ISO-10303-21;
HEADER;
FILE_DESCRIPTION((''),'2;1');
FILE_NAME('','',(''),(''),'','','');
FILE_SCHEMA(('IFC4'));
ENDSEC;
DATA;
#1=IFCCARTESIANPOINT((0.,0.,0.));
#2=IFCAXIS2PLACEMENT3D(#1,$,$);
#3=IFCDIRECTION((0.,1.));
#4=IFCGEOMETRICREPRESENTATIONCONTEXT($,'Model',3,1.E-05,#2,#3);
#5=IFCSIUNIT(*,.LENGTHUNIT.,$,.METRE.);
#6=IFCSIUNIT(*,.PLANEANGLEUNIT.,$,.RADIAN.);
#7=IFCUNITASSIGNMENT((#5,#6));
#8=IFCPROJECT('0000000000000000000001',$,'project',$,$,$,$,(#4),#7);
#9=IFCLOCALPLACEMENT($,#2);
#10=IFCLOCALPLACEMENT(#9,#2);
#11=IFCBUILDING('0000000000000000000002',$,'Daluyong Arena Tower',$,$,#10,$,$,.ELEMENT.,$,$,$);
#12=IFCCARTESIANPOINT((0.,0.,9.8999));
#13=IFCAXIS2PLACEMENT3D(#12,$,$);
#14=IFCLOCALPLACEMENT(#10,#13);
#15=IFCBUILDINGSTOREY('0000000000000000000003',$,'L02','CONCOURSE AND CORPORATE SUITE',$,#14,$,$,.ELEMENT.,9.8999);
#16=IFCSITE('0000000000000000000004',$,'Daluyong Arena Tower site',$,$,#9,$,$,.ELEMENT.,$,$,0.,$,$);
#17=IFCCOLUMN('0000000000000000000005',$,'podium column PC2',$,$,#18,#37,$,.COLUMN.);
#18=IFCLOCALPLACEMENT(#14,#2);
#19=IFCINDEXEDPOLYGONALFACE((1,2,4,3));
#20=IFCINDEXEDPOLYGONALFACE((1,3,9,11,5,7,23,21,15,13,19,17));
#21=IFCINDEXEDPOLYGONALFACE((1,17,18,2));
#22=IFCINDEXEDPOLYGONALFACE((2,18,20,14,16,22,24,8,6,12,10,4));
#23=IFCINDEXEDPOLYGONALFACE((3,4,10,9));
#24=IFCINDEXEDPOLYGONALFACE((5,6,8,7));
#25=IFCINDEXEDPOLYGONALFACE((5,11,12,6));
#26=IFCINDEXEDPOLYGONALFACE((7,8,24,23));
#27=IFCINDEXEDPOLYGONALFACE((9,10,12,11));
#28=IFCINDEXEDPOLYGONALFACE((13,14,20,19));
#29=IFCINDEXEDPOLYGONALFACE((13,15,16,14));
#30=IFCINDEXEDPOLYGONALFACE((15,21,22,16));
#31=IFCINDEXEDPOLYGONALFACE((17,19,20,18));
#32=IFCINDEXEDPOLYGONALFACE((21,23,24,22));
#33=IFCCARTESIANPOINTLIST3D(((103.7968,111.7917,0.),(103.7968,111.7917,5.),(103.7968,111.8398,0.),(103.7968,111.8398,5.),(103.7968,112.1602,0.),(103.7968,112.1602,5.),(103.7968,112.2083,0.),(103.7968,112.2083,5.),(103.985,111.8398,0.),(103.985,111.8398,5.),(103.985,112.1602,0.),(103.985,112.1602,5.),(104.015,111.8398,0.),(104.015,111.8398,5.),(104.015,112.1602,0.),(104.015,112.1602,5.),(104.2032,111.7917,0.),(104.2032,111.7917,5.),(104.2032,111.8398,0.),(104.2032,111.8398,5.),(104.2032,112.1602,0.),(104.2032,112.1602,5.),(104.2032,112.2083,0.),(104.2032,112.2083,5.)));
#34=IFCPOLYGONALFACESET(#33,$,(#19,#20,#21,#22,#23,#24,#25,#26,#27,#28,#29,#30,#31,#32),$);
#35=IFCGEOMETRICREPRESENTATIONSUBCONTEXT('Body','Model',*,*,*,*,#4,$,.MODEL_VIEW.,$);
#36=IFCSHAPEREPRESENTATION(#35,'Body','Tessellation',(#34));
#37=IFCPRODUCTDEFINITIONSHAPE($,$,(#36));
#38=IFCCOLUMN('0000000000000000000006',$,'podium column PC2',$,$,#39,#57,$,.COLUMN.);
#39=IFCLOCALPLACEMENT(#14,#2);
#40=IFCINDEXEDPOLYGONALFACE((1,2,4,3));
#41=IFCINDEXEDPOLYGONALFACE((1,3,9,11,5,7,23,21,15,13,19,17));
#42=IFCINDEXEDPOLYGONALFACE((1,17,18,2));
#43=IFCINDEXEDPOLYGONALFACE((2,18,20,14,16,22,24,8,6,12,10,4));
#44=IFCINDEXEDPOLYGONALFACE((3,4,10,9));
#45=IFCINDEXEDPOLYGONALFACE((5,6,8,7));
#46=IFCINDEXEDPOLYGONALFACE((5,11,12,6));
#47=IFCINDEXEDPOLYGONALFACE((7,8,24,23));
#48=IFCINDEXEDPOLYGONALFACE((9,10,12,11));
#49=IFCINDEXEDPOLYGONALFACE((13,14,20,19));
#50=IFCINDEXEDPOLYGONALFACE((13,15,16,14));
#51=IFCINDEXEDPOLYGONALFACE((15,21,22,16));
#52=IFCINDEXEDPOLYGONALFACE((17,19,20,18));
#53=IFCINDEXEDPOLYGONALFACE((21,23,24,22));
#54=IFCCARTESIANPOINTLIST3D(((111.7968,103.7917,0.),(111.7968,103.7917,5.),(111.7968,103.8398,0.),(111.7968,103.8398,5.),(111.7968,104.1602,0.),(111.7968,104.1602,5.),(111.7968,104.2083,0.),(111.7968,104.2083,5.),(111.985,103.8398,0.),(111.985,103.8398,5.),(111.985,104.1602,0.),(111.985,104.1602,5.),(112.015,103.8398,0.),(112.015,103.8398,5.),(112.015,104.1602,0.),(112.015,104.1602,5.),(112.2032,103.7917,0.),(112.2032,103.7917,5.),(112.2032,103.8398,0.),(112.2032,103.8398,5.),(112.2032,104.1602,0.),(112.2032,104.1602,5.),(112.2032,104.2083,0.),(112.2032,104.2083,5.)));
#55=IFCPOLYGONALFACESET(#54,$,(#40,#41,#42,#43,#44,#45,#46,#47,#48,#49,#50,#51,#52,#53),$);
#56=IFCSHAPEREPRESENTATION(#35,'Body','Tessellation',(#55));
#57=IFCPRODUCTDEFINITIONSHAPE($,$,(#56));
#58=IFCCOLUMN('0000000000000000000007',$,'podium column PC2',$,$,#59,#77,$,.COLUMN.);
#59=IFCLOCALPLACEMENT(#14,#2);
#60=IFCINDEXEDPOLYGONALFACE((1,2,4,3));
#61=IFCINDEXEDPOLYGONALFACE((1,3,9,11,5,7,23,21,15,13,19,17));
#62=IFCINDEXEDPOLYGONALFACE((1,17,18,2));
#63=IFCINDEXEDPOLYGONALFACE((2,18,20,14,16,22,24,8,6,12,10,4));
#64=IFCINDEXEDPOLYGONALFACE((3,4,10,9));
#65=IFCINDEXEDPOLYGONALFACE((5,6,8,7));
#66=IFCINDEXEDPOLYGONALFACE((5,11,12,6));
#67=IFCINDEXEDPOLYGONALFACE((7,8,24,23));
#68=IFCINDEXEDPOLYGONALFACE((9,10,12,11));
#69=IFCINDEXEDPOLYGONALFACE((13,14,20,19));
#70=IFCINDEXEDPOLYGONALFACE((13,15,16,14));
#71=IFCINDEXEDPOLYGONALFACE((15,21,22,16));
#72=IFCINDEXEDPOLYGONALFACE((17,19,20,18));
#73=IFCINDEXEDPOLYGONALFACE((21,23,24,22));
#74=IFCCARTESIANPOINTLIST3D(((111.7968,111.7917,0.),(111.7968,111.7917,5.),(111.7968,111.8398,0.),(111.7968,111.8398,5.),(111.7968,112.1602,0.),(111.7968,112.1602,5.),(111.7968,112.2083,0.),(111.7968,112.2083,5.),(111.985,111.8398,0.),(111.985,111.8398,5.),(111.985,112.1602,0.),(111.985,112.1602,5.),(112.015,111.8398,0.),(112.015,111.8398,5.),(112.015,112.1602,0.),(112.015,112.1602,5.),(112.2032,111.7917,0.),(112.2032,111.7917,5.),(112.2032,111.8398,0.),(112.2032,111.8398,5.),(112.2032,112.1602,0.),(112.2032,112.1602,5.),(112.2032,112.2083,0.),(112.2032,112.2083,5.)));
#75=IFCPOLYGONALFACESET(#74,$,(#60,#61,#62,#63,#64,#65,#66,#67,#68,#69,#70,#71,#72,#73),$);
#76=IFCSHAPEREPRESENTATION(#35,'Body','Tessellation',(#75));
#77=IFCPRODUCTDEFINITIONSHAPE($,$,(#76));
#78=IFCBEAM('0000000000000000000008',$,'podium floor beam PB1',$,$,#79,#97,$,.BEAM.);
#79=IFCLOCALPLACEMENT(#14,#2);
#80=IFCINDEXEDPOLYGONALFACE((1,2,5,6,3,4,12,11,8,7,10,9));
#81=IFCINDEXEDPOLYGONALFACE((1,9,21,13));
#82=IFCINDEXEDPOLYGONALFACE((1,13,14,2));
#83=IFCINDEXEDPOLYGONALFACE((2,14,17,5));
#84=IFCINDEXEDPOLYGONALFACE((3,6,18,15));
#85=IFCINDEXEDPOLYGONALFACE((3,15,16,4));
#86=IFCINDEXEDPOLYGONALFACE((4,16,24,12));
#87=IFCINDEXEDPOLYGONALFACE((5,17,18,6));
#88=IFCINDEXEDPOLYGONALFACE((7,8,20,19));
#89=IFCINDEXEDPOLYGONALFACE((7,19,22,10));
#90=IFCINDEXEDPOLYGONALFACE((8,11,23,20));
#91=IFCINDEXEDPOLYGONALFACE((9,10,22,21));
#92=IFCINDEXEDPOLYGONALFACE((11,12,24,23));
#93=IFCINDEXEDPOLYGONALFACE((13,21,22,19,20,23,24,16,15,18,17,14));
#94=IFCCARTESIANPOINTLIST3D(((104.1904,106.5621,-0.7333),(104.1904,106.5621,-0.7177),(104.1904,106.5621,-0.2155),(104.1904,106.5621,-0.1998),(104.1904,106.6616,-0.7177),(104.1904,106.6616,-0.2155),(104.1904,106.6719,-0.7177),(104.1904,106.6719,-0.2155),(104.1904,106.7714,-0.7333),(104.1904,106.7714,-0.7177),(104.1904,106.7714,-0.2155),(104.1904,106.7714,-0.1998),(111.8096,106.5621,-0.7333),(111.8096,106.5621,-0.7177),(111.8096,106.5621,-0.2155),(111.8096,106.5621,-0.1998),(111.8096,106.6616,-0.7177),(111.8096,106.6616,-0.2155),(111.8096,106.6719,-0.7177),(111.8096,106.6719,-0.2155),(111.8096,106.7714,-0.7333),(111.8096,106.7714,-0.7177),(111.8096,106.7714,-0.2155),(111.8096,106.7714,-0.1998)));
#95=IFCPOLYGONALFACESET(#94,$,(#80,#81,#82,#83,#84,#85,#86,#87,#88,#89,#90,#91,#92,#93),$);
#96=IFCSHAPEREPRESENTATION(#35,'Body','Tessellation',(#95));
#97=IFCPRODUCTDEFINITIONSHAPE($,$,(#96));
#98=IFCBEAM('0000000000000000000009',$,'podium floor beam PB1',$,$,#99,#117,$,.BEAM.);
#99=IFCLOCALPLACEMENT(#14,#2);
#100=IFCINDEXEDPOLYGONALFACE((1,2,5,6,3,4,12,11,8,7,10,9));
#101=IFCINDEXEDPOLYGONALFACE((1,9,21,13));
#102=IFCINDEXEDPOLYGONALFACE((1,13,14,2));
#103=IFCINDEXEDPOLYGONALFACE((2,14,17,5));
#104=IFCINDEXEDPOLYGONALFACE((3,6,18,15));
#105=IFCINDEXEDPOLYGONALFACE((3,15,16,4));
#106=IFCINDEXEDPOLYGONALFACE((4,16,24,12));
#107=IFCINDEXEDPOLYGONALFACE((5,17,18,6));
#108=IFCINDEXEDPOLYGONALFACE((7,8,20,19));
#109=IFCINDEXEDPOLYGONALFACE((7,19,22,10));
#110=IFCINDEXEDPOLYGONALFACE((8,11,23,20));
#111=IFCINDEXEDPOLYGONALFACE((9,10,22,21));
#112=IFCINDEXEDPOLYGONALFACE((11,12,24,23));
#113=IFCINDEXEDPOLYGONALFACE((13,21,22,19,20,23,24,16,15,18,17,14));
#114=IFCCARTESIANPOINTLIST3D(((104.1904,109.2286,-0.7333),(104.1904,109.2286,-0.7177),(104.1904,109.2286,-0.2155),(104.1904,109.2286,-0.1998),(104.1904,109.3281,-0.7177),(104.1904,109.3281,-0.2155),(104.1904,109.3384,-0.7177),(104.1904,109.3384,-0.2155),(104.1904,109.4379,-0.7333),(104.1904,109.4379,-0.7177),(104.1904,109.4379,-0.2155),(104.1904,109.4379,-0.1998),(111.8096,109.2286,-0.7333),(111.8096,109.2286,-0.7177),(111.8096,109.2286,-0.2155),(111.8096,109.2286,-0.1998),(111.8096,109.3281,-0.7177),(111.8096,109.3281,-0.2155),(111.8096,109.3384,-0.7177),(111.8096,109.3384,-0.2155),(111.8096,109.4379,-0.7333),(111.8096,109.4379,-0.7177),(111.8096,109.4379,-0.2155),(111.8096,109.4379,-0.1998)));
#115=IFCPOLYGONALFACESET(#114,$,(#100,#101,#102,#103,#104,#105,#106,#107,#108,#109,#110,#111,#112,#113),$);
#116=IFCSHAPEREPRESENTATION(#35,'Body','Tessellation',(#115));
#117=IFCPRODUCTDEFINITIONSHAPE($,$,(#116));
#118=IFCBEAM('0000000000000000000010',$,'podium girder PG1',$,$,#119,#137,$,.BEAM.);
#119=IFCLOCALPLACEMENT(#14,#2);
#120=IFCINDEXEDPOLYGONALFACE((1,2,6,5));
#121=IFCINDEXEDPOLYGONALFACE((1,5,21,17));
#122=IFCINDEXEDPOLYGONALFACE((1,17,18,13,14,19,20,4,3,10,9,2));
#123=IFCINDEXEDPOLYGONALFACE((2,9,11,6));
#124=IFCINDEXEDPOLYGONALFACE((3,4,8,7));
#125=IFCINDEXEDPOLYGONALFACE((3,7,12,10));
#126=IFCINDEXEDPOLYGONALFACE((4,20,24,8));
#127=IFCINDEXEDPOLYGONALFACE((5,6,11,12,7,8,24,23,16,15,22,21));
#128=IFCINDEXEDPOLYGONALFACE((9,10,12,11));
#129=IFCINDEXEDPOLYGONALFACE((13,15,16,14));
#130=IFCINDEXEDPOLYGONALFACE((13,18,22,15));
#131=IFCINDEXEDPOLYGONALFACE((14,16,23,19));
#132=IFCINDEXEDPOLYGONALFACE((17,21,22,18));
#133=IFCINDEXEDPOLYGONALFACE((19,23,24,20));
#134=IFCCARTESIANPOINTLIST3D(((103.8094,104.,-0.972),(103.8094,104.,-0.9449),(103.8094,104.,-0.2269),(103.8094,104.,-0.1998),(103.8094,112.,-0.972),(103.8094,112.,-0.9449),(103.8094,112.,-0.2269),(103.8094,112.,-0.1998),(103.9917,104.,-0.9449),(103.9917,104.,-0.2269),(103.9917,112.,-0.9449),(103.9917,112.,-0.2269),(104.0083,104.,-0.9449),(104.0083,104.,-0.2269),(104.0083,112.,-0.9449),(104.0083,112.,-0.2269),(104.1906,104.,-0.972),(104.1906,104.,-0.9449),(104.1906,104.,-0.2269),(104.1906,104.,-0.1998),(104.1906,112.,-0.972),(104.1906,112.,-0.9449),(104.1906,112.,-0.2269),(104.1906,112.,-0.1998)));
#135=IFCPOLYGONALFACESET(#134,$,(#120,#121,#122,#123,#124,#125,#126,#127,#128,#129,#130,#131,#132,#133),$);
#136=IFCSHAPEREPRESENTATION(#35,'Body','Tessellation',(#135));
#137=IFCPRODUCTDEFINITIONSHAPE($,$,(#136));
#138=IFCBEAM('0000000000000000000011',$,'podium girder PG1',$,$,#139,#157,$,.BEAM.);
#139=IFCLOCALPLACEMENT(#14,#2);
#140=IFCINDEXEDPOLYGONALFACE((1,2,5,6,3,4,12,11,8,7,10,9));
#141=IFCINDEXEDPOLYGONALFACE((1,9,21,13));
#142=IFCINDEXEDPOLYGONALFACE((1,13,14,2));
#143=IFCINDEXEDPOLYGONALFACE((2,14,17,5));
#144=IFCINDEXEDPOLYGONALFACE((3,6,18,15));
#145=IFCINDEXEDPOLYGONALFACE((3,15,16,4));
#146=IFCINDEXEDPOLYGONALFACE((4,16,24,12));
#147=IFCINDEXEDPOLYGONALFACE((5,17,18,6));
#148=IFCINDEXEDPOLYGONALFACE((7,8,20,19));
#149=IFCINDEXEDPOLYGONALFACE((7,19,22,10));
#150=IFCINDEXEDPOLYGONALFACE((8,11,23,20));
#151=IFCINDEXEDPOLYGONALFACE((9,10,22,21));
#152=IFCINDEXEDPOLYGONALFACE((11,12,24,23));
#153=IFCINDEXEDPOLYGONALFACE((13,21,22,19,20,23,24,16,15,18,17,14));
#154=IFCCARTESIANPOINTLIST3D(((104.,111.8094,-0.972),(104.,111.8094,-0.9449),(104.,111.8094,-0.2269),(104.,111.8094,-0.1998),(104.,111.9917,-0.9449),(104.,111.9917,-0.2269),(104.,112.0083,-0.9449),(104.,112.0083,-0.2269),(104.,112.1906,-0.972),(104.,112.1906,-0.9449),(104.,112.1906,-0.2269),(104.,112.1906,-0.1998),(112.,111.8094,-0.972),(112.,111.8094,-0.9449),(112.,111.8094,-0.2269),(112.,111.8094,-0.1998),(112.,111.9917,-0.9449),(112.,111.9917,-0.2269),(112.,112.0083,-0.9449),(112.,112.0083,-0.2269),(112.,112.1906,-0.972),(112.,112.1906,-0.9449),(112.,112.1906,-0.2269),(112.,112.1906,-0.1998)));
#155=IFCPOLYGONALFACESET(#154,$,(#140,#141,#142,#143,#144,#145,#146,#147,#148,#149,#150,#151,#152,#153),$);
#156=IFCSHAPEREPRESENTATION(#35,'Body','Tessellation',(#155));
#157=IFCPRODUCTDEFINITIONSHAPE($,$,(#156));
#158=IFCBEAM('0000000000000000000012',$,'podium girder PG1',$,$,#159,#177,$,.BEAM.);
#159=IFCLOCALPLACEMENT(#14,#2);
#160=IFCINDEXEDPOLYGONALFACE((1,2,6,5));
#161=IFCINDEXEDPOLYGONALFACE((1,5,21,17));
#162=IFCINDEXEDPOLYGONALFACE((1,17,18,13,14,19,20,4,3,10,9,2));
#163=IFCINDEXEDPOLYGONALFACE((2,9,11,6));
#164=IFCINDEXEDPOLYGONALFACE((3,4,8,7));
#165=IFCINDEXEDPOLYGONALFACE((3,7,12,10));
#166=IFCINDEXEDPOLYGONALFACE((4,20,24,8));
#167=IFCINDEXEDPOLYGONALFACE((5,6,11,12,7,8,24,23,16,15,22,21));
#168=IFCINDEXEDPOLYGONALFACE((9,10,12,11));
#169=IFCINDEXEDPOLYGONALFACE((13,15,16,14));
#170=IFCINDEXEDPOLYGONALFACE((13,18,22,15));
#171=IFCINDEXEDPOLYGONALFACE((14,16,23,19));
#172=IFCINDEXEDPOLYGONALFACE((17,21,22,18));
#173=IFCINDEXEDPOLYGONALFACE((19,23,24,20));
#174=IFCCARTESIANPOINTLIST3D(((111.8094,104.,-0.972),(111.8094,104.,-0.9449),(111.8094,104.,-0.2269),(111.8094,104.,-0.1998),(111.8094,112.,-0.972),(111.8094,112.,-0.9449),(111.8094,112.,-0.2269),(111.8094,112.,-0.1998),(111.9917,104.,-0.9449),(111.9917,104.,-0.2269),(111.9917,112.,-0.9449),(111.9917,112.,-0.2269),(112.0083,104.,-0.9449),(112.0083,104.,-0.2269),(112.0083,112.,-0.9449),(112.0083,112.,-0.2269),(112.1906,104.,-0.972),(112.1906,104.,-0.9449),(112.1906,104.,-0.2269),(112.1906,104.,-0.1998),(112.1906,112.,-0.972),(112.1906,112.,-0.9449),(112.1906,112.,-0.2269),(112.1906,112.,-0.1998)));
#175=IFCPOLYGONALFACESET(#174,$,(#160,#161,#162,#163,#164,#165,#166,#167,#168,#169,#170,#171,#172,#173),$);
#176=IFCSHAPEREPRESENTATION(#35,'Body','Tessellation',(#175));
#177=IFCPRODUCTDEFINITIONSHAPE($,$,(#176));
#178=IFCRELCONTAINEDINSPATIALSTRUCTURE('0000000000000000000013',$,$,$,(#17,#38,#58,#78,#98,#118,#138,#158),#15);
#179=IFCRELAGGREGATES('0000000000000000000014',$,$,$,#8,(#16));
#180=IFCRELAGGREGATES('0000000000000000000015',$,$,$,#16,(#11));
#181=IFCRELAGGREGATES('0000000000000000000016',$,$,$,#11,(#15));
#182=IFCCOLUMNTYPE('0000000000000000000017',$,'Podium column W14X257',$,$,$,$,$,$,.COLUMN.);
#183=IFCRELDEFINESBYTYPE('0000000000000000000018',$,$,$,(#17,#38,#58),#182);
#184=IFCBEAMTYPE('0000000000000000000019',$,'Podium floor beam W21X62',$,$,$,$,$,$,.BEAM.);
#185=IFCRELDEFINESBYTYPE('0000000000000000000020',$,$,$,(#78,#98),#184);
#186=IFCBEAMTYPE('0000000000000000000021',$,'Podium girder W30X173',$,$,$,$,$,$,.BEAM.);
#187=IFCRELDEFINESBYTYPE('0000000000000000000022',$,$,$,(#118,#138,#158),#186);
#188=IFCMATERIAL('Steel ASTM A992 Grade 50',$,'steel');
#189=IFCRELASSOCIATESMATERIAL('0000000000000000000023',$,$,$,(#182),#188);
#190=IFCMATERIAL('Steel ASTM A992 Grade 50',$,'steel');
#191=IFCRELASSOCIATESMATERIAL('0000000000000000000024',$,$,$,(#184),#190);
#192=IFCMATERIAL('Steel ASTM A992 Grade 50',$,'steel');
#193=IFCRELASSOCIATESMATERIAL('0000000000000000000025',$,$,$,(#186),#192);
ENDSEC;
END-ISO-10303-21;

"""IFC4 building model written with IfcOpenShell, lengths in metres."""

from ifc_helpers import new_model, si_unit, direction, frame, origin, origin_2d, place, context, subcontext, project, spatial, i_section, extrude, material, material_profile, profile_set, type_object, element, save


model = new_model("IFC4")

# Units and contexts
model_context = context("Model", 3, precision=1e-05, world=origin(), true_north=direction((0.0, 1.0)))
body_context = subcontext(model_context, "Body", "Model", "MODEL_VIEW")
ifc_project = project(units=[si_unit("LENGTHUNIT", "METRE"), si_unit("PLANEANGLEUNIT", "RADIAN")], contexts=[model_context])

# Site, building, storey
site_placement = place(None, origin())
site = spatial("IfcSite", under=ifc_project, at=site_placement, Name="Daluyong Arena Tower site", CompositionType="ELEMENT", RefElevation=0.0)
building_placement = place(site_placement, origin())
building = spatial("IfcBuilding", under=site, at=building_placement, Name="Daluyong Arena Tower", CompositionType="ELEMENT")
storey_placement = place(building_placement, frame((0.0, 0.0, 9.8999)))
storey = spatial("IfcBuildingStorey", under=building, at=storey_placement, Name="L02", Description="CONCOURSE AND CORPORATE SUITE", CompositionType="ELEMENT", Elevation=9.8999)

# Columns
ifc_material_1 = material(Name="Steel ASTM A992 Grade 50", Category="steel")
ifc_material_profile_1 = material_profile(ifc_material_1, i_section(OverallWidth=0.4065, OverallDepth=0.4165, WebThickness=0.03, FlangeThickness=0.0481, at=origin_2d()))
ifc_profile_set_1 = profile_set([ifc_material_profile_1], Name="Steel ASTM A992 Grade 50")
column_type = type_object("IfcColumnType", Name="Podium column W14X257", PredefinedType="COLUMN", material=ifc_profile_set_1)
for number, where, z_axis, x_axis, name in (
    (1, (104.0, 112.0, 0.0), (0.0, 0.0, 1.0), (1.0, 0.0, 0.0), "podium column PC2"),
    (2, (112.0, 104.0, 0.0), (0.0, 0.0, 1.0), (1.0, 0.0, 0.0), "podium column PC2"),
    (3, (112.0, 112.0, 0.0), (0.0, 0.0, 1.0), (1.0, 0.0, 0.0), "podium column PC2"),
):
    element("IfcColumn", number, at=place(storey_placement, frame(where, z_axis=z_axis, x_axis=x_axis)), inside=storey, type_object=column_type, Name=name, PredefinedType="COLUMN", context=body_context, shape_type="SweptSolid", body=[
        extrude(i_section(OverallWidth=0.4065, OverallDepth=0.4165, WebThickness=0.03, FlangeThickness=0.0481, at=origin_2d()), origin(), (0.0, 0.0, 1.0), 5.0),
    ])

# Beams
ifc_material_2 = material(Name="Steel ASTM A992 Grade 50", Category="steel")
ifc_material_profile_2 = material_profile(ifc_material_2, i_section(OverallWidth=0.2092, OverallDepth=0.5334, WebThickness=0.0103, FlangeThickness=0.0156, at=origin_2d()))
ifc_profile_set_2 = profile_set([ifc_material_profile_2], Name="Steel ASTM A992 Grade 50")
beam_type_1 = type_object("IfcBeamType", Name="Podium floor beam W21X62", PredefinedType="BEAM", material=ifc_profile_set_2)
for number, where, z_axis, x_axis, name in (
    (4, (104.1904, 106.6667, -0.4666), (1.0, 0.0, 0.0), (0.0, 1.0, 0.0), "podium floor beam PB1"),
    (5, (104.1904, 109.3333, -0.4666), (1.0, 0.0, 0.0), (0.0, 1.0, 0.0), "podium floor beam PB1"),
):
    element("IfcBeam", number, at=place(storey_placement, frame(where, z_axis=z_axis, x_axis=x_axis)), inside=storey, type_object=beam_type_1, Name=name, PredefinedType="BEAM", context=body_context, shape_type="SweptSolid", body=[
        extrude(i_section(OverallWidth=0.2092, OverallDepth=0.5334, WebThickness=0.0103, FlangeThickness=0.0156, at=origin_2d()), origin(), (0.0, 0.0, 1.0), 7.6191),
    ])
ifc_material_3 = material(Name="Steel ASTM A992 Grade 50", Category="steel")
ifc_material_profile_3 = material_profile(ifc_material_3, i_section(OverallWidth=0.3811, OverallDepth=0.7722, WebThickness=0.0166, FlangeThickness=0.0271, at=origin_2d()))
ifc_profile_set_3 = profile_set([ifc_material_profile_3], Name="Steel ASTM A992 Grade 50")
beam_type_2 = type_object("IfcBeamType", Name="Podium girder W30X173", PredefinedType="BEAM", material=ifc_profile_set_3)
for number, where, z_axis, x_axis, name in (
    (6, (104.0, 104.0, -0.5859), (0.0, 1.0, 0.0), (-1.0, 0.0, 0.0), "podium girder PG1"),
    (7, (104.0, 112.0, -0.5859), (1.0, 0.0, 0.0), (0.0, 1.0, 0.0), "podium girder PG1"),
    (8, (112.0, 104.0, -0.5859), (0.0, 1.0, 0.0), (-1.0, 0.0, 0.0), "podium girder PG1"),
):
    element("IfcBeam", number, at=place(storey_placement, frame(where, z_axis=z_axis, x_axis=x_axis)), inside=storey, type_object=beam_type_2, Name=name, PredefinedType="BEAM", context=body_context, shape_type="SweptSolid", body=[
        extrude(i_section(OverallWidth=0.3811, OverallDepth=0.7722, WebThickness=0.0166, FlangeThickness=0.0271, at=origin_2d()), origin(), (0.0, 0.0, 1.0), 8.0),
    ])

save(model, "model.ifc")
